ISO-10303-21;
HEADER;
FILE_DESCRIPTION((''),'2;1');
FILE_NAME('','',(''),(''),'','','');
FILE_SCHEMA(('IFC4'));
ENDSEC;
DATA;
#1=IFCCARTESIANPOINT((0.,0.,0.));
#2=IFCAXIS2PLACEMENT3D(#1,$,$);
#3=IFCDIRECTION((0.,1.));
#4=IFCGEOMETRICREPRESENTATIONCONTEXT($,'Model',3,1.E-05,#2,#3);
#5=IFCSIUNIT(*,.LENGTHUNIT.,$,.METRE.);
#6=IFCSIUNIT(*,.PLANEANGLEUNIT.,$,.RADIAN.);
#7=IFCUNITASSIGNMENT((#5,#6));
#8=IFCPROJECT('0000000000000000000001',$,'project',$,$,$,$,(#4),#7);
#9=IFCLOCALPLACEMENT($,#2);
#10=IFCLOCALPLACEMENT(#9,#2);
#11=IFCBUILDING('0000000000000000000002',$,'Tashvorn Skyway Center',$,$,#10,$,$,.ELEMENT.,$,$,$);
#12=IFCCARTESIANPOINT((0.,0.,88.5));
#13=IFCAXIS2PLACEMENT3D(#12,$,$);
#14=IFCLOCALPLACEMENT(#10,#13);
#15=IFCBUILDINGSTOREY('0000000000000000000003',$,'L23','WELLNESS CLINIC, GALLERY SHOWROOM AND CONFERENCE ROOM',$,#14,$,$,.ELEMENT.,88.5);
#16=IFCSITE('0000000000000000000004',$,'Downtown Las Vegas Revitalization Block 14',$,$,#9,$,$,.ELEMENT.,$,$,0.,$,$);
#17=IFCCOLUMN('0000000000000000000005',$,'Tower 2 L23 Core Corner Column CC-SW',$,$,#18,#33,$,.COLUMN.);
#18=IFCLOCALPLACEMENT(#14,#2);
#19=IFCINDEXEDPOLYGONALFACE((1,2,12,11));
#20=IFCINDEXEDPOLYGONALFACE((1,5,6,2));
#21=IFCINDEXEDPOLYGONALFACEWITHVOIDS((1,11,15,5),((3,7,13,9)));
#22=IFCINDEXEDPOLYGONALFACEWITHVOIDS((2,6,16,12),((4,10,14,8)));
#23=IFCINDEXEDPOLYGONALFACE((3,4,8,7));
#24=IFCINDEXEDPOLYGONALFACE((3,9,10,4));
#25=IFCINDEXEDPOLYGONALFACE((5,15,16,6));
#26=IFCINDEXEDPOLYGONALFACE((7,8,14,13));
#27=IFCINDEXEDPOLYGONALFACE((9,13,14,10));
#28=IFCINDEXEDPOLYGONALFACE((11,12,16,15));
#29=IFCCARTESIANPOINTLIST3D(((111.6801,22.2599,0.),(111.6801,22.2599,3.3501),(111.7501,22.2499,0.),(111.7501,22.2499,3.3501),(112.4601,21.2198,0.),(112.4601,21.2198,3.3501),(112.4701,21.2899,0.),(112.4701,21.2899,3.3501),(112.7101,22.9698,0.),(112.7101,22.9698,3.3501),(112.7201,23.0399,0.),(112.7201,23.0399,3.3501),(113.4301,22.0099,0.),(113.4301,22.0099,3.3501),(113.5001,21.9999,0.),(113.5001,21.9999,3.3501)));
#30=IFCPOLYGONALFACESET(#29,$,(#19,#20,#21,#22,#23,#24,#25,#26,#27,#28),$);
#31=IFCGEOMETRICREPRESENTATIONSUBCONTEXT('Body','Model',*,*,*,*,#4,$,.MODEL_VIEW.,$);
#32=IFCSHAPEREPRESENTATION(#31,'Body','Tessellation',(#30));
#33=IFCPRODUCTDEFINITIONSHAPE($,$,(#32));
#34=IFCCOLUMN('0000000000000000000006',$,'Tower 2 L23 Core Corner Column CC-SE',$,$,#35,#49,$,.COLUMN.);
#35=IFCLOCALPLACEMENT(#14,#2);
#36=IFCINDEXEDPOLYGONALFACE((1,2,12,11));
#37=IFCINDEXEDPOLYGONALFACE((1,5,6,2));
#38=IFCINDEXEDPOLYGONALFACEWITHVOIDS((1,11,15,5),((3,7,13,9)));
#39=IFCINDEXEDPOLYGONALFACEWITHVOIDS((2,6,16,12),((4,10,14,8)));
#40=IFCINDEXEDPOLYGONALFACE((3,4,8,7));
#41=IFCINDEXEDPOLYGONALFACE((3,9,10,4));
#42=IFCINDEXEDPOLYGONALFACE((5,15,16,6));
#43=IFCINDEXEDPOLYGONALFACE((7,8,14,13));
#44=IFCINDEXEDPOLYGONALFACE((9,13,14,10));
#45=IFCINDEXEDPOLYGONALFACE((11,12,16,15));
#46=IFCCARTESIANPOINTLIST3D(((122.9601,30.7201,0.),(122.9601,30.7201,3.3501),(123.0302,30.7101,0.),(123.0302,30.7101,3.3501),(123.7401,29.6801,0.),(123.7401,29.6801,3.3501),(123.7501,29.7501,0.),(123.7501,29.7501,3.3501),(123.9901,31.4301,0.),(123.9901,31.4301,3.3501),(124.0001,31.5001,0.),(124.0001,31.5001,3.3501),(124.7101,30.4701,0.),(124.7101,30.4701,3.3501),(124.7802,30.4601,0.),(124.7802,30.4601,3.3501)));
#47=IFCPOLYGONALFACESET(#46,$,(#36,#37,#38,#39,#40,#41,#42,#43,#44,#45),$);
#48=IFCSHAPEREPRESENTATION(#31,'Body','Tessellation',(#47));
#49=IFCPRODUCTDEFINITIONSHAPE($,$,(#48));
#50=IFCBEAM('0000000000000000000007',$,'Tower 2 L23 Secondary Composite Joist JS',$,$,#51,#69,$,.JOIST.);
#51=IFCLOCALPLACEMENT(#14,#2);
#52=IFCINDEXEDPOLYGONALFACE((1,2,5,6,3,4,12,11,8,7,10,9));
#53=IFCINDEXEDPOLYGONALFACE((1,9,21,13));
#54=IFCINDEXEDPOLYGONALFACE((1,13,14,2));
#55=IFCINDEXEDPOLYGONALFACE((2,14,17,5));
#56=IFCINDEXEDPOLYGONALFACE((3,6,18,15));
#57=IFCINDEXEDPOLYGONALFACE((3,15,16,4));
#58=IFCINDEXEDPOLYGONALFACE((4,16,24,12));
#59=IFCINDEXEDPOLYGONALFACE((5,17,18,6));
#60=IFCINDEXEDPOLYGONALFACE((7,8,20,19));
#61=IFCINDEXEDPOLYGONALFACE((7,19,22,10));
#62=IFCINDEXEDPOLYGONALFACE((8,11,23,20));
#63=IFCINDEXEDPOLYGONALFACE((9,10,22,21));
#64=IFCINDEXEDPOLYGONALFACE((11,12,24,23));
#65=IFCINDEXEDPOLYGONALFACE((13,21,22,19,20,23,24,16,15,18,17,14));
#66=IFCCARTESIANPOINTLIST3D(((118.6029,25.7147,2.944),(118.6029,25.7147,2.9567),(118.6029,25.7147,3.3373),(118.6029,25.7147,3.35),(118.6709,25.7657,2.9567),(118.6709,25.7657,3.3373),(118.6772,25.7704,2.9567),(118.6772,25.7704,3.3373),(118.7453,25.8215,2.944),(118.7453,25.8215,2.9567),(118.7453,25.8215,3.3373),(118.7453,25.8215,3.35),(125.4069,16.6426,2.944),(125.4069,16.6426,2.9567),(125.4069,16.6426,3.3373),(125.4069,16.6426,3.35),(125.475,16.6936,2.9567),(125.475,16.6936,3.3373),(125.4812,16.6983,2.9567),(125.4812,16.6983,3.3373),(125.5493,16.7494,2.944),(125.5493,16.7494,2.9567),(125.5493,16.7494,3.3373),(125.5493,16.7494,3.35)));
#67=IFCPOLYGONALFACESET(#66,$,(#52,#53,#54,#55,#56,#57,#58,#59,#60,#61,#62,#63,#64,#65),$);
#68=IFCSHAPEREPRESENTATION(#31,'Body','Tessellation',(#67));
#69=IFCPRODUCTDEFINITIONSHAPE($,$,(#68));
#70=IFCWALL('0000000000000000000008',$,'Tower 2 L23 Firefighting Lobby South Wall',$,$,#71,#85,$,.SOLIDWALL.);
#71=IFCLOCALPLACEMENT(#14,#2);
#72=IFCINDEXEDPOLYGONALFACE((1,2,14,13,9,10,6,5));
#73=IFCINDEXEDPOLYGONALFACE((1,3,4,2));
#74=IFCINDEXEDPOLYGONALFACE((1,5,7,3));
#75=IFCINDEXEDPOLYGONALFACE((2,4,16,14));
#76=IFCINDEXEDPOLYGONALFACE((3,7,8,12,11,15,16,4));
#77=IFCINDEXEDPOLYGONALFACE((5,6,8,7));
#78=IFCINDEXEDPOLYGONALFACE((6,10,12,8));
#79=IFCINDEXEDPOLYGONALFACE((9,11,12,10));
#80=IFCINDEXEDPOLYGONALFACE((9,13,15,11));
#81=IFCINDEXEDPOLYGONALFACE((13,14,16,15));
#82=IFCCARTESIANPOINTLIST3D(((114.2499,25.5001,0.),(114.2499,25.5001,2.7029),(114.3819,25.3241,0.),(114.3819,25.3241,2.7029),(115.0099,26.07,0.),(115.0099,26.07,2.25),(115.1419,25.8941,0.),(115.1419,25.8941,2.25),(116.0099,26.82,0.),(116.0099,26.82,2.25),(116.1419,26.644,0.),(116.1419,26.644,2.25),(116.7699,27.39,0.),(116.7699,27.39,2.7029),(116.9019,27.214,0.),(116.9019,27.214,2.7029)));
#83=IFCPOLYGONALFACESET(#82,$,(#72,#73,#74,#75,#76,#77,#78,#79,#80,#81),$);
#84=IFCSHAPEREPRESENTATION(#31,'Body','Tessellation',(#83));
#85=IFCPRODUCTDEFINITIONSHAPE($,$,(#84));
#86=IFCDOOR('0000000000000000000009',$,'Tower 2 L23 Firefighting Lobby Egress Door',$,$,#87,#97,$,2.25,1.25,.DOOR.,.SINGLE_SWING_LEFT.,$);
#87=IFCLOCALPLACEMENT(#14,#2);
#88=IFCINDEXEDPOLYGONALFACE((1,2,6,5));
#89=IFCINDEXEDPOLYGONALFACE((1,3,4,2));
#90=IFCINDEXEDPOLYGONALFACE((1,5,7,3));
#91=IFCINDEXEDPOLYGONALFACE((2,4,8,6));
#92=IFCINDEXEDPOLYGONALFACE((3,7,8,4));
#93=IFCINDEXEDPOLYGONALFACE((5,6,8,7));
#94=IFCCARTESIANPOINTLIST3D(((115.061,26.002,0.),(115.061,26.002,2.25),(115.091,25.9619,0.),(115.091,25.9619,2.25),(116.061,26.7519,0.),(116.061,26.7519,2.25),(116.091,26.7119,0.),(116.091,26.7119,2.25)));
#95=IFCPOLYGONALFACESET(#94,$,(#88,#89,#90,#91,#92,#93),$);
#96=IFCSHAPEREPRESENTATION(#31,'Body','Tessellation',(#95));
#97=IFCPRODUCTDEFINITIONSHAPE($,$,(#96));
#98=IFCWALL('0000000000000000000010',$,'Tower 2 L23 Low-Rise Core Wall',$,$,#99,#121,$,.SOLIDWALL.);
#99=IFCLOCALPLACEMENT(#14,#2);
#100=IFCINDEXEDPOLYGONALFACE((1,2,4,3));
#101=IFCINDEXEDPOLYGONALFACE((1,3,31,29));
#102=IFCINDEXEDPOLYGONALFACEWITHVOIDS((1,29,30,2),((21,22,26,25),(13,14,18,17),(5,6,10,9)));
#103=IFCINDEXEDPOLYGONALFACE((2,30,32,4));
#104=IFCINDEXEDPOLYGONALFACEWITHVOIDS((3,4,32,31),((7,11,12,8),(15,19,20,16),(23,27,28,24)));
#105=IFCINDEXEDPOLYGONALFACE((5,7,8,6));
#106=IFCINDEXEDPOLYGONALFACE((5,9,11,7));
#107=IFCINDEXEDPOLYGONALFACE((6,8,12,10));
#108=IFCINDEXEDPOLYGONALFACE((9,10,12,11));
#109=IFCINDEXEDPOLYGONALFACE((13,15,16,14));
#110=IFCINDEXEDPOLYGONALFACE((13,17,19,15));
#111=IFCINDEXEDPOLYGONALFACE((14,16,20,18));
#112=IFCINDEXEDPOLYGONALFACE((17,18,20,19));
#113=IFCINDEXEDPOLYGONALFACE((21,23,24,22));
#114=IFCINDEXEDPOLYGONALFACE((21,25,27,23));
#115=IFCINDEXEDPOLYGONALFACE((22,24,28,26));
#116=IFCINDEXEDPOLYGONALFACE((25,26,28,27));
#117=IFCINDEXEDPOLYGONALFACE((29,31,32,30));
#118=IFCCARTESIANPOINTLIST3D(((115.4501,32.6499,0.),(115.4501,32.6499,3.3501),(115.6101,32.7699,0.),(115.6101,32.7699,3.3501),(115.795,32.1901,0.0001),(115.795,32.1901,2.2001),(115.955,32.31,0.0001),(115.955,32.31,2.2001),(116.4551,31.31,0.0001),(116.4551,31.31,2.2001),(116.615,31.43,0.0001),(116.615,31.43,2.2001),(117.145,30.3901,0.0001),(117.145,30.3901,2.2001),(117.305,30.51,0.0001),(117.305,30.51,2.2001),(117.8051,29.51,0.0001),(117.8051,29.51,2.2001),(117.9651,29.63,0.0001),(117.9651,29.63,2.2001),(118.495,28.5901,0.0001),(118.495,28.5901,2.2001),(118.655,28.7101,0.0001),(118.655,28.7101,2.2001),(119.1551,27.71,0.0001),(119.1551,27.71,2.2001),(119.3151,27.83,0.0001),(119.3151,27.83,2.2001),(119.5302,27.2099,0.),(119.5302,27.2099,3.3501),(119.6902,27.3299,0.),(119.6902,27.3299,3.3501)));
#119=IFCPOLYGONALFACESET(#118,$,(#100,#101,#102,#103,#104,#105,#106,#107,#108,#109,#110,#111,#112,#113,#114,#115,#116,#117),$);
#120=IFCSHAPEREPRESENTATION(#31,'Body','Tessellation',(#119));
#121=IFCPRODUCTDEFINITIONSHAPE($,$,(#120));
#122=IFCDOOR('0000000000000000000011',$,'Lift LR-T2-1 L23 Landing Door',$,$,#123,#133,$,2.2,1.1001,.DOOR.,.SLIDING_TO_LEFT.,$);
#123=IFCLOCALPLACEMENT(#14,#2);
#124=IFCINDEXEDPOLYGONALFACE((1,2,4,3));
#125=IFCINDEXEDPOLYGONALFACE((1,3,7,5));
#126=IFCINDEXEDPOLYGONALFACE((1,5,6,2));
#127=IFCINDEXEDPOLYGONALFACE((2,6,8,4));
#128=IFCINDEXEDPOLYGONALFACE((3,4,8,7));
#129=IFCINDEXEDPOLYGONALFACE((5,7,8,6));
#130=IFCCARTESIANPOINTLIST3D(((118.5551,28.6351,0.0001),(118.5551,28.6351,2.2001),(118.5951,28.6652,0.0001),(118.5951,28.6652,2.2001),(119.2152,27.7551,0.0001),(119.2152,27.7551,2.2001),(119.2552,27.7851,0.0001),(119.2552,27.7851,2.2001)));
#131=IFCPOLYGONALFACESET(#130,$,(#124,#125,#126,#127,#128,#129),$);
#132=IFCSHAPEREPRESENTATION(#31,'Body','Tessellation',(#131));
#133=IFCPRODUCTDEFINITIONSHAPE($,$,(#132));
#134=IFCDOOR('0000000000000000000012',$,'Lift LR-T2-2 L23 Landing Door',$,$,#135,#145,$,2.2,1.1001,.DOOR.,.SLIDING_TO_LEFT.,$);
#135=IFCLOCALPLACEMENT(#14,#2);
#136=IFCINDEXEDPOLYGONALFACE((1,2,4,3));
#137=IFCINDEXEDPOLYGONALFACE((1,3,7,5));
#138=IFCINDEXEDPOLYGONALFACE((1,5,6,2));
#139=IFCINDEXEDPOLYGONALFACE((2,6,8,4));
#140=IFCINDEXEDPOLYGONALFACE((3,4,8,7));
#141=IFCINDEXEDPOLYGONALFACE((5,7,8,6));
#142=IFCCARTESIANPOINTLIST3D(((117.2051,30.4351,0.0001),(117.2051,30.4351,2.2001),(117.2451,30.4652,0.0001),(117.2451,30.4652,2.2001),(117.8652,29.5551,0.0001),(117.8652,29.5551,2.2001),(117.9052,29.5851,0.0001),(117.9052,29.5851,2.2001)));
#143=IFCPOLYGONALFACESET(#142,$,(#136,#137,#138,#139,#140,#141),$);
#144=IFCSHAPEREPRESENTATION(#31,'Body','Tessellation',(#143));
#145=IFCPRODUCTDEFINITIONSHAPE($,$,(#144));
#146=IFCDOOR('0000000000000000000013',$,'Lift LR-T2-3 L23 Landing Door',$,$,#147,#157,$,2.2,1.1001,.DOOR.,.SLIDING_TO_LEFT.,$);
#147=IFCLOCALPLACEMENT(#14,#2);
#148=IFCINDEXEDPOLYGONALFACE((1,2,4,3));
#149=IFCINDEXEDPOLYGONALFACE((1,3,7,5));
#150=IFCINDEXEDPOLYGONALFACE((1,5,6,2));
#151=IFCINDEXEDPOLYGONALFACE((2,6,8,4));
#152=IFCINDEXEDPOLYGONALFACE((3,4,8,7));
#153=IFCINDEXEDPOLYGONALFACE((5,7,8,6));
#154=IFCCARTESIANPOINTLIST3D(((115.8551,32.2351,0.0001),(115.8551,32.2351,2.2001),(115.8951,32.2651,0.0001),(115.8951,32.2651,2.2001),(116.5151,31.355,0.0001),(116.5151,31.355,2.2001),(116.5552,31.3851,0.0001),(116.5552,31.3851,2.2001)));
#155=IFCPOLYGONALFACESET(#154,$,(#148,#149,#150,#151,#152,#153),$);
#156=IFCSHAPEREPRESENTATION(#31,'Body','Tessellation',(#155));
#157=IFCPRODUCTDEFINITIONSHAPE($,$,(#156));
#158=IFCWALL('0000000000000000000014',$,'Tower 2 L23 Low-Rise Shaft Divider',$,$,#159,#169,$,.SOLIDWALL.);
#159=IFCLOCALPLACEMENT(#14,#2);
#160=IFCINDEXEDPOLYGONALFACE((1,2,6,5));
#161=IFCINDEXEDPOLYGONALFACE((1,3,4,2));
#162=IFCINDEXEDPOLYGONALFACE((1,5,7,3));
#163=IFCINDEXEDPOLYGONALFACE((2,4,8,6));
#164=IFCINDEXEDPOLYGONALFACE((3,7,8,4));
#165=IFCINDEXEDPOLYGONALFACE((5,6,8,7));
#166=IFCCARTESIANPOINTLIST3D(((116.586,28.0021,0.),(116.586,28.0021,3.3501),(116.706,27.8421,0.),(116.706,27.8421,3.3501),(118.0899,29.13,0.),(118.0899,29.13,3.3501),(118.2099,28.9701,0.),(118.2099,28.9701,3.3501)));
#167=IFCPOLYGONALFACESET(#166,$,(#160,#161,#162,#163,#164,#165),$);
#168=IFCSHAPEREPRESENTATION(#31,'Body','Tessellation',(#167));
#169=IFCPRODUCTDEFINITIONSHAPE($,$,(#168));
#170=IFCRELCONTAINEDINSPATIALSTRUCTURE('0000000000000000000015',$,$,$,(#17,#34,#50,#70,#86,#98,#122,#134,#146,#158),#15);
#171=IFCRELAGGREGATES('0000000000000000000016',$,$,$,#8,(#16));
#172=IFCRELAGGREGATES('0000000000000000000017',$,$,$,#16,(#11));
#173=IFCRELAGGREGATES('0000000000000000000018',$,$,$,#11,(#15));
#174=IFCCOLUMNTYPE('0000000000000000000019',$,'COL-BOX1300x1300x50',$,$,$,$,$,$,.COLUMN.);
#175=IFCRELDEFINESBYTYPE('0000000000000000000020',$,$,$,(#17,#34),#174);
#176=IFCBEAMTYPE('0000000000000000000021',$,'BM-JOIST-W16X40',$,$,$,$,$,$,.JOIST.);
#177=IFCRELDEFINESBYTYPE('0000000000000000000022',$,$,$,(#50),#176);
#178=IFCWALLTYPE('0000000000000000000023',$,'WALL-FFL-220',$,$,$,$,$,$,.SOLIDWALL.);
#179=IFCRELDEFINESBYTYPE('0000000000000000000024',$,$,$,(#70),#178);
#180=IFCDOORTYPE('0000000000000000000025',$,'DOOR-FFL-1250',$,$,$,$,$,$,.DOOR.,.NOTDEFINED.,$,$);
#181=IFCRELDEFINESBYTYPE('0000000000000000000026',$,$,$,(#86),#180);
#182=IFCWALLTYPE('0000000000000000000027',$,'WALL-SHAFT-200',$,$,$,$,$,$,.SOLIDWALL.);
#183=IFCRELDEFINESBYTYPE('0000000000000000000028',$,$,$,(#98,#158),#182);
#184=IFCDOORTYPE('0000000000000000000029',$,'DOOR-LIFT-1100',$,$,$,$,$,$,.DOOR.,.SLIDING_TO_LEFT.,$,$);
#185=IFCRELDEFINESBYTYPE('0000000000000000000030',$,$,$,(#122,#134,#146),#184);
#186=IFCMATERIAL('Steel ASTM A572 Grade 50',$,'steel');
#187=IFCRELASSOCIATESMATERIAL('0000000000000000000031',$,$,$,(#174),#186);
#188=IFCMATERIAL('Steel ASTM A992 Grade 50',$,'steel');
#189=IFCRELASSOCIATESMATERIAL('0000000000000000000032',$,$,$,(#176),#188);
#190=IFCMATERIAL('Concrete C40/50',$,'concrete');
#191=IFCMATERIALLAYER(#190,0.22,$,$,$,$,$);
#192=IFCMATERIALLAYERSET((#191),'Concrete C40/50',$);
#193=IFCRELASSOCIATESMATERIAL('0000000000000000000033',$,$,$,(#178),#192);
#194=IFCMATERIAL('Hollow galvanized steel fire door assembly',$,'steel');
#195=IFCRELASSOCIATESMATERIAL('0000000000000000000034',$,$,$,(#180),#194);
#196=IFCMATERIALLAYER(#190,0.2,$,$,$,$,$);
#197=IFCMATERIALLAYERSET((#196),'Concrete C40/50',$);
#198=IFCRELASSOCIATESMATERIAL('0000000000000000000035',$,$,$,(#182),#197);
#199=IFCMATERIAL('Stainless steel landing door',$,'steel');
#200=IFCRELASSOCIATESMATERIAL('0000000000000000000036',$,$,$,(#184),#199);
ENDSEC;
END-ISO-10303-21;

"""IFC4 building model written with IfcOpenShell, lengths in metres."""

from ifc_helpers import new_model, si_unit, direction, frame, frame_2d, origin, origin_2d, place, context, subcontext, project, spatial, rectangle, hollow_rectangle, i_section, extrude, material, layer, layer_set, material_profile, profile_set, type_object, element, fill, save


model = new_model("IFC4")

# Units and contexts
model_context = context("Model", 3, precision=1e-05, world=origin(), true_north=direction((0.0, 1.0)))
body_context = subcontext(model_context, "Body", "Model", "MODEL_VIEW")
ifc_project = project(units=[si_unit("LENGTHUNIT", "METRE"), si_unit("PLANEANGLEUNIT", "RADIAN")], contexts=[model_context])

# Site, building, storey
site_placement = place(None, origin())
site = spatial("IfcSite", under=ifc_project, at=site_placement, Name="Downtown Las Vegas Revitalization Block 14", CompositionType="ELEMENT", RefElevation=0.0)
building_placement = place(site_placement, origin())
building = spatial("IfcBuilding", under=site, at=building_placement, Name="Tashvorn Skyway Center", CompositionType="ELEMENT")
storey_placement = place(building_placement, frame((0.0, 0.0, 88.5)))
storey = spatial("IfcBuildingStorey", under=building, at=storey_placement, Name="L23", Description="WELLNESS CLINIC, GALLERY SHOWROOM AND CONFERENCE ROOM", CompositionType="ELEMENT", Elevation=88.5)

# Columns
ifc_material_1 = material(Name="Steel ASTM A572 Grade 50", Category="steel")
ifc_material_profile_1 = material_profile(ifc_material_1, hollow_rectangle(XDim=1.3, YDim=1.3, WallThickness=0.05, at=origin_2d()), Name="BOX1300x1300x50")
ifc_profile_set_1 = profile_set([ifc_material_profile_1], Name="Steel ASTM A572 Grade 50")
column_type = type_object("IfcColumnType", Name="COL-BOX1300x1300x50", PredefinedType="COLUMN", material=ifc_profile_set_1)
for number, where, z_axis, x_axis, name in (
    (1, (112.5901, 22.1299, 0.0), (0.0, 0.0, 1.0), (0.8, 0.6, 0.0), "Tower 2 L23 Core Corner Column CC-SW"),
    (2, (123.8701, 30.5901, 0.0), (0.0, 0.0, 1.0), (0.8, 0.6, 0.0), "Tower 2 L23 Core Corner Column CC-SE"),
):
    element("IfcColumn", number, at=place(storey_placement, frame(where, z_axis=z_axis, x_axis=x_axis)), inside=storey, type_object=column_type, Name=name, PredefinedType="COLUMN", context=body_context, shape_type="SweptSolid", body=[
        extrude(hollow_rectangle(XDim=1.3, YDim=1.3, WallThickness=0.05, at=origin_2d()), origin(), (0.0, 0.0, 1.0), 3.3501),
    ])

# Beam
ifc_material_2 = material(Name="Steel ASTM A992 Grade 50", Category="steel")
ifc_material_profile_2 = material_profile(ifc_material_2, i_section(OverallWidth=0.178, OverallDepth=0.406, WebThickness=0.0078, FlangeThickness=0.0127, at=origin_2d()), Name="W16X40")
ifc_profile_set_2 = profile_set([ifc_material_profile_2], Name="Steel ASTM A992 Grade 50")
beam_type = type_object("IfcBeamType", Name="BM-JOIST-W16X40", PredefinedType="JOIST", material=ifc_profile_set_2)
beam_placement = place(storey_placement, frame((118.6741, 25.7681, 3.147), z_axis=(0.599997, -0.800003, 0.0), x_axis=(0.800003, 0.599997, 0.0)))
element("IfcBeam", 3, at=beam_placement, inside=storey, type_object=beam_type, Name="Tower 2 L23 Secondary Composite Joist JS", PredefinedType="JOIST", context=body_context, shape_type="SweptSolid", body=[
    extrude(i_section(OverallWidth=0.178, OverallDepth=0.406, WebThickness=0.0078, FlangeThickness=0.0127, at=origin_2d()), origin(), (0.0, 0.0, 1.0), 11.3401),
])

# Wall, opening, door
ifc_material_3 = material(Name="Concrete C40/50", Category="concrete")
ifc_layer_1 = layer(ifc_material_3, 0.22)
ifc_layer_set_1 = layer_set([ifc_layer_1], Name="Concrete C40/50")
wall_type_1 = type_object("IfcWallType", Name="WALL-FFL-220", PredefinedType="SOLIDWALL", material=ifc_layer_set_1)
wall_1_placement = place(storey_placement, frame((114.3159, 25.4121, 0.0), z_axis=(0.0, 0.0, 1.0), x_axis=(0.800019, 0.599975, 0.0)))
wall_1 = element("IfcWall", 4, at=wall_1_placement, inside=storey, type_object=wall_type_1, Name="Tower 2 L23 Firefighting Lobby South Wall", PredefinedType="SOLIDWALL", context=body_context, shape_type="SweptSolid", body=[
    extrude(rectangle(XDim=3.1499, YDim=0.22, at=frame_2d((1.575, 0.0))), origin(), (0.0, 0.0, 1.0), 2.7029),
])
opening_1_placement = place(wall_1_placement, frame((0.95, 0.0, 0.0)))
opening_1 = element("IfcOpeningElement", 5, at=opening_1_placement, cuts=wall_1, PredefinedType="OPENING", context=body_context, shape_type="SweptSolid", body=[
    extrude(rectangle(XDim=1.25, YDim=2.25, at=frame_2d((0.625, 1.125))), frame((0.0, 0.1199, 0.0), z_axis=(0.0, -1.0, 0.0), x_axis=(1.0, 0.0, 0.0)), (0.0, 0.0, 1.0), 0.24),
])
ifc_material_4 = material(Name="Hollow galvanized steel fire door assembly", Category="steel")
door_type_1 = type_object("IfcDoorType", Name="DOOR-FFL-1250", OperationType="NOTDEFINED", PredefinedType="DOOR", material=ifc_material_4)
door_1_placement = place(opening_1_placement, origin())
door_1 = element("IfcDoor", 6, at=door_1_placement, inside=storey, type_object=door_type_1, Name="Tower 2 L23 Firefighting Lobby Egress Door", OperationType="SINGLE_SWING_LEFT", OverallHeight=2.25, OverallWidth=1.25, PredefinedType="DOOR", context=body_context, shape_type="SweptSolid", body=[
    extrude(rectangle(XDim=1.25, YDim=2.25, at=frame_2d((0.625, 1.125))), frame((0.0, 0.0249, 0.0), z_axis=(0.0, -1.0, 0.0), x_axis=(1.0, 0.0, 0.0)), (0.0, 0.0, 1.0), 0.05),
])
fill(opening_1, door_1)

# Wall, openings, doors
ifc_layer_2 = layer(ifc_material_3, 0.2)
ifc_layer_set_2 = layer_set([ifc_layer_2], Name="Concrete C40/50")
wall_type_2 = type_object("IfcWallType", Name="WALL-SHAFT-200", PredefinedType="SOLIDWALL", material=ifc_layer_set_2)
wall_2_placement = place(storey_placement, frame((119.6101, 27.27, 0.0), z_axis=(0.0, 0.0, 1.0), x_axis=(-0.600011, 0.799991, 0.0)))
wall_2 = element("IfcWall", 7, at=wall_2_placement, inside=storey, type_object=wall_type_2, Name="Tower 2 L23 Low-Rise Core Wall", PredefinedType="SOLIDWALL", context=body_context, shape_type="SweptSolid", body=[
    extrude(rectangle(XDim=6.8, YDim=0.2, at=frame_2d((3.3999, 0.0))), origin(), (0.0, 0.0, 1.0), 3.3501),
])
opening_2_placement = place(wall_2_placement, frame((0.625, 0.0, 0.0)))
opening_2 = element("IfcOpeningElement", 8, at=opening_2_placement, cuts=wall_2, PredefinedType="OPENING", context=body_context, shape_type="SweptSolid", body=[
    extrude(rectangle(XDim=1.1001, YDim=2.2, at=frame_2d((0.55, 1.1001))), frame((0.0, 0.1099, 0.0), z_axis=(0.0, -1.0, 0.0), x_axis=(1.0, 0.0, 0.0)), (0.0, 0.0, 1.0), 0.22),
])
opening_3_placement = place(wall_2_placement, frame((2.875, 0.0, 0.0)))
opening_3 = element("IfcOpeningElement", 9, at=opening_3_placement, cuts=wall_2, PredefinedType="OPENING", context=body_context, shape_type="SweptSolid", body=[
    extrude(rectangle(XDim=1.1001, YDim=2.2, at=frame_2d((0.55, 1.1001))), frame((0.0, 0.1099, 0.0), z_axis=(0.0, -1.0, 0.0), x_axis=(1.0, 0.0, 0.0)), (0.0, 0.0, 1.0), 0.22),
])
opening_4_placement = place(wall_2_placement, frame((5.125, 0.0, 0.0)))
opening_4 = element("IfcOpeningElement", 10, at=opening_4_placement, cuts=wall_2, PredefinedType="OPENING", context=body_context, shape_type="SweptSolid", body=[
    extrude(rectangle(XDim=1.1001, YDim=2.2, at=frame_2d((0.55, 1.1001))), frame((0.0, 0.1099, 0.0), z_axis=(0.0, -1.0, 0.0), x_axis=(1.0, 0.0, 0.0)), (0.0, 0.0, 1.0), 0.22),
])
ifc_material_5 = material(Name="Stainless steel landing door", Category="steel")
door_type_2 = type_object("IfcDoorType", Name="DOOR-LIFT-1100", OperationType="SLIDING_TO_LEFT", PredefinedType="DOOR", material=ifc_material_5)
door_2_placement = place(opening_2_placement, origin())
door_2 = element("IfcDoor", 11, at=door_2_placement, inside=storey, type_object=door_type_2, Name="Lift LR-T2-1 L23 Landing Door", OperationType="SLIDING_TO_LEFT", OverallHeight=2.2, OverallWidth=1.1001, PredefinedType="DOOR", context=body_context, shape_type="SweptSolid", body=[
    extrude(rectangle(XDim=1.1001, YDim=2.2, at=frame_2d((0.55, 1.1001))), frame((0.0, 0.0249, 0.0), z_axis=(0.0, -1.0, 0.0), x_axis=(1.0, 0.0, 0.0)), (0.0, 0.0, 1.0), 0.05),
])
fill(opening_2, door_2)
door_3_placement = place(opening_3_placement, origin())
door_3 = element("IfcDoor", 12, at=door_3_placement, inside=storey, type_object=door_type_2, Name="Lift LR-T2-2 L23 Landing Door", OperationType="SLIDING_TO_LEFT", OverallHeight=2.2, OverallWidth=1.1001, PredefinedType="DOOR", context=body_context, shape_type="SweptSolid", body=[
    extrude(rectangle(XDim=1.1001, YDim=2.2, at=frame_2d((0.55, 1.1001))), frame((0.0, 0.0249, 0.0), z_axis=(0.0, -1.0, 0.0), x_axis=(1.0, 0.0, 0.0)), (0.0, 0.0, 1.0), 0.05),
])
fill(opening_3, door_3)
door_4_placement = place(opening_4_placement, origin())
door_4 = element("IfcDoor", 13, at=door_4_placement, inside=storey, type_object=door_type_2, Name="Lift LR-T2-3 L23 Landing Door", OperationType="SLIDING_TO_LEFT", OverallHeight=2.2, OverallWidth=1.1001, PredefinedType="DOOR", context=body_context, shape_type="SweptSolid", body=[
    extrude(rectangle(XDim=1.1001, YDim=2.2, at=frame_2d((0.55, 1.1001))), frame((0.0, 0.0249, 0.0), z_axis=(0.0, -1.0, 0.0), x_axis=(1.0, 0.0, 0.0)), (0.0, 0.0, 1.0), 0.05),
])
fill(opening_4, door_4)

# Wall
wall_3_placement = place(storey_placement, frame((116.646, 27.9221, 0.0), z_axis=(0.0, 0.0, 1.0), x_axis=(0.8, 0.6, 0.0)))
element("IfcWall", 14, at=wall_3_placement, inside=storey, type_object=wall_type_2, Name="Tower 2 L23 Low-Rise Shaft Divider", PredefinedType="SOLIDWALL", context=body_context, shape_type="SweptSolid", body=[
    extrude(rectangle(XDim=1.8799, YDim=0.2, at=frame_2d((0.9399, 0.0))), origin(), (0.0, 0.0, 1.0), 3.3501),
])

save(model, "model.ifc")
